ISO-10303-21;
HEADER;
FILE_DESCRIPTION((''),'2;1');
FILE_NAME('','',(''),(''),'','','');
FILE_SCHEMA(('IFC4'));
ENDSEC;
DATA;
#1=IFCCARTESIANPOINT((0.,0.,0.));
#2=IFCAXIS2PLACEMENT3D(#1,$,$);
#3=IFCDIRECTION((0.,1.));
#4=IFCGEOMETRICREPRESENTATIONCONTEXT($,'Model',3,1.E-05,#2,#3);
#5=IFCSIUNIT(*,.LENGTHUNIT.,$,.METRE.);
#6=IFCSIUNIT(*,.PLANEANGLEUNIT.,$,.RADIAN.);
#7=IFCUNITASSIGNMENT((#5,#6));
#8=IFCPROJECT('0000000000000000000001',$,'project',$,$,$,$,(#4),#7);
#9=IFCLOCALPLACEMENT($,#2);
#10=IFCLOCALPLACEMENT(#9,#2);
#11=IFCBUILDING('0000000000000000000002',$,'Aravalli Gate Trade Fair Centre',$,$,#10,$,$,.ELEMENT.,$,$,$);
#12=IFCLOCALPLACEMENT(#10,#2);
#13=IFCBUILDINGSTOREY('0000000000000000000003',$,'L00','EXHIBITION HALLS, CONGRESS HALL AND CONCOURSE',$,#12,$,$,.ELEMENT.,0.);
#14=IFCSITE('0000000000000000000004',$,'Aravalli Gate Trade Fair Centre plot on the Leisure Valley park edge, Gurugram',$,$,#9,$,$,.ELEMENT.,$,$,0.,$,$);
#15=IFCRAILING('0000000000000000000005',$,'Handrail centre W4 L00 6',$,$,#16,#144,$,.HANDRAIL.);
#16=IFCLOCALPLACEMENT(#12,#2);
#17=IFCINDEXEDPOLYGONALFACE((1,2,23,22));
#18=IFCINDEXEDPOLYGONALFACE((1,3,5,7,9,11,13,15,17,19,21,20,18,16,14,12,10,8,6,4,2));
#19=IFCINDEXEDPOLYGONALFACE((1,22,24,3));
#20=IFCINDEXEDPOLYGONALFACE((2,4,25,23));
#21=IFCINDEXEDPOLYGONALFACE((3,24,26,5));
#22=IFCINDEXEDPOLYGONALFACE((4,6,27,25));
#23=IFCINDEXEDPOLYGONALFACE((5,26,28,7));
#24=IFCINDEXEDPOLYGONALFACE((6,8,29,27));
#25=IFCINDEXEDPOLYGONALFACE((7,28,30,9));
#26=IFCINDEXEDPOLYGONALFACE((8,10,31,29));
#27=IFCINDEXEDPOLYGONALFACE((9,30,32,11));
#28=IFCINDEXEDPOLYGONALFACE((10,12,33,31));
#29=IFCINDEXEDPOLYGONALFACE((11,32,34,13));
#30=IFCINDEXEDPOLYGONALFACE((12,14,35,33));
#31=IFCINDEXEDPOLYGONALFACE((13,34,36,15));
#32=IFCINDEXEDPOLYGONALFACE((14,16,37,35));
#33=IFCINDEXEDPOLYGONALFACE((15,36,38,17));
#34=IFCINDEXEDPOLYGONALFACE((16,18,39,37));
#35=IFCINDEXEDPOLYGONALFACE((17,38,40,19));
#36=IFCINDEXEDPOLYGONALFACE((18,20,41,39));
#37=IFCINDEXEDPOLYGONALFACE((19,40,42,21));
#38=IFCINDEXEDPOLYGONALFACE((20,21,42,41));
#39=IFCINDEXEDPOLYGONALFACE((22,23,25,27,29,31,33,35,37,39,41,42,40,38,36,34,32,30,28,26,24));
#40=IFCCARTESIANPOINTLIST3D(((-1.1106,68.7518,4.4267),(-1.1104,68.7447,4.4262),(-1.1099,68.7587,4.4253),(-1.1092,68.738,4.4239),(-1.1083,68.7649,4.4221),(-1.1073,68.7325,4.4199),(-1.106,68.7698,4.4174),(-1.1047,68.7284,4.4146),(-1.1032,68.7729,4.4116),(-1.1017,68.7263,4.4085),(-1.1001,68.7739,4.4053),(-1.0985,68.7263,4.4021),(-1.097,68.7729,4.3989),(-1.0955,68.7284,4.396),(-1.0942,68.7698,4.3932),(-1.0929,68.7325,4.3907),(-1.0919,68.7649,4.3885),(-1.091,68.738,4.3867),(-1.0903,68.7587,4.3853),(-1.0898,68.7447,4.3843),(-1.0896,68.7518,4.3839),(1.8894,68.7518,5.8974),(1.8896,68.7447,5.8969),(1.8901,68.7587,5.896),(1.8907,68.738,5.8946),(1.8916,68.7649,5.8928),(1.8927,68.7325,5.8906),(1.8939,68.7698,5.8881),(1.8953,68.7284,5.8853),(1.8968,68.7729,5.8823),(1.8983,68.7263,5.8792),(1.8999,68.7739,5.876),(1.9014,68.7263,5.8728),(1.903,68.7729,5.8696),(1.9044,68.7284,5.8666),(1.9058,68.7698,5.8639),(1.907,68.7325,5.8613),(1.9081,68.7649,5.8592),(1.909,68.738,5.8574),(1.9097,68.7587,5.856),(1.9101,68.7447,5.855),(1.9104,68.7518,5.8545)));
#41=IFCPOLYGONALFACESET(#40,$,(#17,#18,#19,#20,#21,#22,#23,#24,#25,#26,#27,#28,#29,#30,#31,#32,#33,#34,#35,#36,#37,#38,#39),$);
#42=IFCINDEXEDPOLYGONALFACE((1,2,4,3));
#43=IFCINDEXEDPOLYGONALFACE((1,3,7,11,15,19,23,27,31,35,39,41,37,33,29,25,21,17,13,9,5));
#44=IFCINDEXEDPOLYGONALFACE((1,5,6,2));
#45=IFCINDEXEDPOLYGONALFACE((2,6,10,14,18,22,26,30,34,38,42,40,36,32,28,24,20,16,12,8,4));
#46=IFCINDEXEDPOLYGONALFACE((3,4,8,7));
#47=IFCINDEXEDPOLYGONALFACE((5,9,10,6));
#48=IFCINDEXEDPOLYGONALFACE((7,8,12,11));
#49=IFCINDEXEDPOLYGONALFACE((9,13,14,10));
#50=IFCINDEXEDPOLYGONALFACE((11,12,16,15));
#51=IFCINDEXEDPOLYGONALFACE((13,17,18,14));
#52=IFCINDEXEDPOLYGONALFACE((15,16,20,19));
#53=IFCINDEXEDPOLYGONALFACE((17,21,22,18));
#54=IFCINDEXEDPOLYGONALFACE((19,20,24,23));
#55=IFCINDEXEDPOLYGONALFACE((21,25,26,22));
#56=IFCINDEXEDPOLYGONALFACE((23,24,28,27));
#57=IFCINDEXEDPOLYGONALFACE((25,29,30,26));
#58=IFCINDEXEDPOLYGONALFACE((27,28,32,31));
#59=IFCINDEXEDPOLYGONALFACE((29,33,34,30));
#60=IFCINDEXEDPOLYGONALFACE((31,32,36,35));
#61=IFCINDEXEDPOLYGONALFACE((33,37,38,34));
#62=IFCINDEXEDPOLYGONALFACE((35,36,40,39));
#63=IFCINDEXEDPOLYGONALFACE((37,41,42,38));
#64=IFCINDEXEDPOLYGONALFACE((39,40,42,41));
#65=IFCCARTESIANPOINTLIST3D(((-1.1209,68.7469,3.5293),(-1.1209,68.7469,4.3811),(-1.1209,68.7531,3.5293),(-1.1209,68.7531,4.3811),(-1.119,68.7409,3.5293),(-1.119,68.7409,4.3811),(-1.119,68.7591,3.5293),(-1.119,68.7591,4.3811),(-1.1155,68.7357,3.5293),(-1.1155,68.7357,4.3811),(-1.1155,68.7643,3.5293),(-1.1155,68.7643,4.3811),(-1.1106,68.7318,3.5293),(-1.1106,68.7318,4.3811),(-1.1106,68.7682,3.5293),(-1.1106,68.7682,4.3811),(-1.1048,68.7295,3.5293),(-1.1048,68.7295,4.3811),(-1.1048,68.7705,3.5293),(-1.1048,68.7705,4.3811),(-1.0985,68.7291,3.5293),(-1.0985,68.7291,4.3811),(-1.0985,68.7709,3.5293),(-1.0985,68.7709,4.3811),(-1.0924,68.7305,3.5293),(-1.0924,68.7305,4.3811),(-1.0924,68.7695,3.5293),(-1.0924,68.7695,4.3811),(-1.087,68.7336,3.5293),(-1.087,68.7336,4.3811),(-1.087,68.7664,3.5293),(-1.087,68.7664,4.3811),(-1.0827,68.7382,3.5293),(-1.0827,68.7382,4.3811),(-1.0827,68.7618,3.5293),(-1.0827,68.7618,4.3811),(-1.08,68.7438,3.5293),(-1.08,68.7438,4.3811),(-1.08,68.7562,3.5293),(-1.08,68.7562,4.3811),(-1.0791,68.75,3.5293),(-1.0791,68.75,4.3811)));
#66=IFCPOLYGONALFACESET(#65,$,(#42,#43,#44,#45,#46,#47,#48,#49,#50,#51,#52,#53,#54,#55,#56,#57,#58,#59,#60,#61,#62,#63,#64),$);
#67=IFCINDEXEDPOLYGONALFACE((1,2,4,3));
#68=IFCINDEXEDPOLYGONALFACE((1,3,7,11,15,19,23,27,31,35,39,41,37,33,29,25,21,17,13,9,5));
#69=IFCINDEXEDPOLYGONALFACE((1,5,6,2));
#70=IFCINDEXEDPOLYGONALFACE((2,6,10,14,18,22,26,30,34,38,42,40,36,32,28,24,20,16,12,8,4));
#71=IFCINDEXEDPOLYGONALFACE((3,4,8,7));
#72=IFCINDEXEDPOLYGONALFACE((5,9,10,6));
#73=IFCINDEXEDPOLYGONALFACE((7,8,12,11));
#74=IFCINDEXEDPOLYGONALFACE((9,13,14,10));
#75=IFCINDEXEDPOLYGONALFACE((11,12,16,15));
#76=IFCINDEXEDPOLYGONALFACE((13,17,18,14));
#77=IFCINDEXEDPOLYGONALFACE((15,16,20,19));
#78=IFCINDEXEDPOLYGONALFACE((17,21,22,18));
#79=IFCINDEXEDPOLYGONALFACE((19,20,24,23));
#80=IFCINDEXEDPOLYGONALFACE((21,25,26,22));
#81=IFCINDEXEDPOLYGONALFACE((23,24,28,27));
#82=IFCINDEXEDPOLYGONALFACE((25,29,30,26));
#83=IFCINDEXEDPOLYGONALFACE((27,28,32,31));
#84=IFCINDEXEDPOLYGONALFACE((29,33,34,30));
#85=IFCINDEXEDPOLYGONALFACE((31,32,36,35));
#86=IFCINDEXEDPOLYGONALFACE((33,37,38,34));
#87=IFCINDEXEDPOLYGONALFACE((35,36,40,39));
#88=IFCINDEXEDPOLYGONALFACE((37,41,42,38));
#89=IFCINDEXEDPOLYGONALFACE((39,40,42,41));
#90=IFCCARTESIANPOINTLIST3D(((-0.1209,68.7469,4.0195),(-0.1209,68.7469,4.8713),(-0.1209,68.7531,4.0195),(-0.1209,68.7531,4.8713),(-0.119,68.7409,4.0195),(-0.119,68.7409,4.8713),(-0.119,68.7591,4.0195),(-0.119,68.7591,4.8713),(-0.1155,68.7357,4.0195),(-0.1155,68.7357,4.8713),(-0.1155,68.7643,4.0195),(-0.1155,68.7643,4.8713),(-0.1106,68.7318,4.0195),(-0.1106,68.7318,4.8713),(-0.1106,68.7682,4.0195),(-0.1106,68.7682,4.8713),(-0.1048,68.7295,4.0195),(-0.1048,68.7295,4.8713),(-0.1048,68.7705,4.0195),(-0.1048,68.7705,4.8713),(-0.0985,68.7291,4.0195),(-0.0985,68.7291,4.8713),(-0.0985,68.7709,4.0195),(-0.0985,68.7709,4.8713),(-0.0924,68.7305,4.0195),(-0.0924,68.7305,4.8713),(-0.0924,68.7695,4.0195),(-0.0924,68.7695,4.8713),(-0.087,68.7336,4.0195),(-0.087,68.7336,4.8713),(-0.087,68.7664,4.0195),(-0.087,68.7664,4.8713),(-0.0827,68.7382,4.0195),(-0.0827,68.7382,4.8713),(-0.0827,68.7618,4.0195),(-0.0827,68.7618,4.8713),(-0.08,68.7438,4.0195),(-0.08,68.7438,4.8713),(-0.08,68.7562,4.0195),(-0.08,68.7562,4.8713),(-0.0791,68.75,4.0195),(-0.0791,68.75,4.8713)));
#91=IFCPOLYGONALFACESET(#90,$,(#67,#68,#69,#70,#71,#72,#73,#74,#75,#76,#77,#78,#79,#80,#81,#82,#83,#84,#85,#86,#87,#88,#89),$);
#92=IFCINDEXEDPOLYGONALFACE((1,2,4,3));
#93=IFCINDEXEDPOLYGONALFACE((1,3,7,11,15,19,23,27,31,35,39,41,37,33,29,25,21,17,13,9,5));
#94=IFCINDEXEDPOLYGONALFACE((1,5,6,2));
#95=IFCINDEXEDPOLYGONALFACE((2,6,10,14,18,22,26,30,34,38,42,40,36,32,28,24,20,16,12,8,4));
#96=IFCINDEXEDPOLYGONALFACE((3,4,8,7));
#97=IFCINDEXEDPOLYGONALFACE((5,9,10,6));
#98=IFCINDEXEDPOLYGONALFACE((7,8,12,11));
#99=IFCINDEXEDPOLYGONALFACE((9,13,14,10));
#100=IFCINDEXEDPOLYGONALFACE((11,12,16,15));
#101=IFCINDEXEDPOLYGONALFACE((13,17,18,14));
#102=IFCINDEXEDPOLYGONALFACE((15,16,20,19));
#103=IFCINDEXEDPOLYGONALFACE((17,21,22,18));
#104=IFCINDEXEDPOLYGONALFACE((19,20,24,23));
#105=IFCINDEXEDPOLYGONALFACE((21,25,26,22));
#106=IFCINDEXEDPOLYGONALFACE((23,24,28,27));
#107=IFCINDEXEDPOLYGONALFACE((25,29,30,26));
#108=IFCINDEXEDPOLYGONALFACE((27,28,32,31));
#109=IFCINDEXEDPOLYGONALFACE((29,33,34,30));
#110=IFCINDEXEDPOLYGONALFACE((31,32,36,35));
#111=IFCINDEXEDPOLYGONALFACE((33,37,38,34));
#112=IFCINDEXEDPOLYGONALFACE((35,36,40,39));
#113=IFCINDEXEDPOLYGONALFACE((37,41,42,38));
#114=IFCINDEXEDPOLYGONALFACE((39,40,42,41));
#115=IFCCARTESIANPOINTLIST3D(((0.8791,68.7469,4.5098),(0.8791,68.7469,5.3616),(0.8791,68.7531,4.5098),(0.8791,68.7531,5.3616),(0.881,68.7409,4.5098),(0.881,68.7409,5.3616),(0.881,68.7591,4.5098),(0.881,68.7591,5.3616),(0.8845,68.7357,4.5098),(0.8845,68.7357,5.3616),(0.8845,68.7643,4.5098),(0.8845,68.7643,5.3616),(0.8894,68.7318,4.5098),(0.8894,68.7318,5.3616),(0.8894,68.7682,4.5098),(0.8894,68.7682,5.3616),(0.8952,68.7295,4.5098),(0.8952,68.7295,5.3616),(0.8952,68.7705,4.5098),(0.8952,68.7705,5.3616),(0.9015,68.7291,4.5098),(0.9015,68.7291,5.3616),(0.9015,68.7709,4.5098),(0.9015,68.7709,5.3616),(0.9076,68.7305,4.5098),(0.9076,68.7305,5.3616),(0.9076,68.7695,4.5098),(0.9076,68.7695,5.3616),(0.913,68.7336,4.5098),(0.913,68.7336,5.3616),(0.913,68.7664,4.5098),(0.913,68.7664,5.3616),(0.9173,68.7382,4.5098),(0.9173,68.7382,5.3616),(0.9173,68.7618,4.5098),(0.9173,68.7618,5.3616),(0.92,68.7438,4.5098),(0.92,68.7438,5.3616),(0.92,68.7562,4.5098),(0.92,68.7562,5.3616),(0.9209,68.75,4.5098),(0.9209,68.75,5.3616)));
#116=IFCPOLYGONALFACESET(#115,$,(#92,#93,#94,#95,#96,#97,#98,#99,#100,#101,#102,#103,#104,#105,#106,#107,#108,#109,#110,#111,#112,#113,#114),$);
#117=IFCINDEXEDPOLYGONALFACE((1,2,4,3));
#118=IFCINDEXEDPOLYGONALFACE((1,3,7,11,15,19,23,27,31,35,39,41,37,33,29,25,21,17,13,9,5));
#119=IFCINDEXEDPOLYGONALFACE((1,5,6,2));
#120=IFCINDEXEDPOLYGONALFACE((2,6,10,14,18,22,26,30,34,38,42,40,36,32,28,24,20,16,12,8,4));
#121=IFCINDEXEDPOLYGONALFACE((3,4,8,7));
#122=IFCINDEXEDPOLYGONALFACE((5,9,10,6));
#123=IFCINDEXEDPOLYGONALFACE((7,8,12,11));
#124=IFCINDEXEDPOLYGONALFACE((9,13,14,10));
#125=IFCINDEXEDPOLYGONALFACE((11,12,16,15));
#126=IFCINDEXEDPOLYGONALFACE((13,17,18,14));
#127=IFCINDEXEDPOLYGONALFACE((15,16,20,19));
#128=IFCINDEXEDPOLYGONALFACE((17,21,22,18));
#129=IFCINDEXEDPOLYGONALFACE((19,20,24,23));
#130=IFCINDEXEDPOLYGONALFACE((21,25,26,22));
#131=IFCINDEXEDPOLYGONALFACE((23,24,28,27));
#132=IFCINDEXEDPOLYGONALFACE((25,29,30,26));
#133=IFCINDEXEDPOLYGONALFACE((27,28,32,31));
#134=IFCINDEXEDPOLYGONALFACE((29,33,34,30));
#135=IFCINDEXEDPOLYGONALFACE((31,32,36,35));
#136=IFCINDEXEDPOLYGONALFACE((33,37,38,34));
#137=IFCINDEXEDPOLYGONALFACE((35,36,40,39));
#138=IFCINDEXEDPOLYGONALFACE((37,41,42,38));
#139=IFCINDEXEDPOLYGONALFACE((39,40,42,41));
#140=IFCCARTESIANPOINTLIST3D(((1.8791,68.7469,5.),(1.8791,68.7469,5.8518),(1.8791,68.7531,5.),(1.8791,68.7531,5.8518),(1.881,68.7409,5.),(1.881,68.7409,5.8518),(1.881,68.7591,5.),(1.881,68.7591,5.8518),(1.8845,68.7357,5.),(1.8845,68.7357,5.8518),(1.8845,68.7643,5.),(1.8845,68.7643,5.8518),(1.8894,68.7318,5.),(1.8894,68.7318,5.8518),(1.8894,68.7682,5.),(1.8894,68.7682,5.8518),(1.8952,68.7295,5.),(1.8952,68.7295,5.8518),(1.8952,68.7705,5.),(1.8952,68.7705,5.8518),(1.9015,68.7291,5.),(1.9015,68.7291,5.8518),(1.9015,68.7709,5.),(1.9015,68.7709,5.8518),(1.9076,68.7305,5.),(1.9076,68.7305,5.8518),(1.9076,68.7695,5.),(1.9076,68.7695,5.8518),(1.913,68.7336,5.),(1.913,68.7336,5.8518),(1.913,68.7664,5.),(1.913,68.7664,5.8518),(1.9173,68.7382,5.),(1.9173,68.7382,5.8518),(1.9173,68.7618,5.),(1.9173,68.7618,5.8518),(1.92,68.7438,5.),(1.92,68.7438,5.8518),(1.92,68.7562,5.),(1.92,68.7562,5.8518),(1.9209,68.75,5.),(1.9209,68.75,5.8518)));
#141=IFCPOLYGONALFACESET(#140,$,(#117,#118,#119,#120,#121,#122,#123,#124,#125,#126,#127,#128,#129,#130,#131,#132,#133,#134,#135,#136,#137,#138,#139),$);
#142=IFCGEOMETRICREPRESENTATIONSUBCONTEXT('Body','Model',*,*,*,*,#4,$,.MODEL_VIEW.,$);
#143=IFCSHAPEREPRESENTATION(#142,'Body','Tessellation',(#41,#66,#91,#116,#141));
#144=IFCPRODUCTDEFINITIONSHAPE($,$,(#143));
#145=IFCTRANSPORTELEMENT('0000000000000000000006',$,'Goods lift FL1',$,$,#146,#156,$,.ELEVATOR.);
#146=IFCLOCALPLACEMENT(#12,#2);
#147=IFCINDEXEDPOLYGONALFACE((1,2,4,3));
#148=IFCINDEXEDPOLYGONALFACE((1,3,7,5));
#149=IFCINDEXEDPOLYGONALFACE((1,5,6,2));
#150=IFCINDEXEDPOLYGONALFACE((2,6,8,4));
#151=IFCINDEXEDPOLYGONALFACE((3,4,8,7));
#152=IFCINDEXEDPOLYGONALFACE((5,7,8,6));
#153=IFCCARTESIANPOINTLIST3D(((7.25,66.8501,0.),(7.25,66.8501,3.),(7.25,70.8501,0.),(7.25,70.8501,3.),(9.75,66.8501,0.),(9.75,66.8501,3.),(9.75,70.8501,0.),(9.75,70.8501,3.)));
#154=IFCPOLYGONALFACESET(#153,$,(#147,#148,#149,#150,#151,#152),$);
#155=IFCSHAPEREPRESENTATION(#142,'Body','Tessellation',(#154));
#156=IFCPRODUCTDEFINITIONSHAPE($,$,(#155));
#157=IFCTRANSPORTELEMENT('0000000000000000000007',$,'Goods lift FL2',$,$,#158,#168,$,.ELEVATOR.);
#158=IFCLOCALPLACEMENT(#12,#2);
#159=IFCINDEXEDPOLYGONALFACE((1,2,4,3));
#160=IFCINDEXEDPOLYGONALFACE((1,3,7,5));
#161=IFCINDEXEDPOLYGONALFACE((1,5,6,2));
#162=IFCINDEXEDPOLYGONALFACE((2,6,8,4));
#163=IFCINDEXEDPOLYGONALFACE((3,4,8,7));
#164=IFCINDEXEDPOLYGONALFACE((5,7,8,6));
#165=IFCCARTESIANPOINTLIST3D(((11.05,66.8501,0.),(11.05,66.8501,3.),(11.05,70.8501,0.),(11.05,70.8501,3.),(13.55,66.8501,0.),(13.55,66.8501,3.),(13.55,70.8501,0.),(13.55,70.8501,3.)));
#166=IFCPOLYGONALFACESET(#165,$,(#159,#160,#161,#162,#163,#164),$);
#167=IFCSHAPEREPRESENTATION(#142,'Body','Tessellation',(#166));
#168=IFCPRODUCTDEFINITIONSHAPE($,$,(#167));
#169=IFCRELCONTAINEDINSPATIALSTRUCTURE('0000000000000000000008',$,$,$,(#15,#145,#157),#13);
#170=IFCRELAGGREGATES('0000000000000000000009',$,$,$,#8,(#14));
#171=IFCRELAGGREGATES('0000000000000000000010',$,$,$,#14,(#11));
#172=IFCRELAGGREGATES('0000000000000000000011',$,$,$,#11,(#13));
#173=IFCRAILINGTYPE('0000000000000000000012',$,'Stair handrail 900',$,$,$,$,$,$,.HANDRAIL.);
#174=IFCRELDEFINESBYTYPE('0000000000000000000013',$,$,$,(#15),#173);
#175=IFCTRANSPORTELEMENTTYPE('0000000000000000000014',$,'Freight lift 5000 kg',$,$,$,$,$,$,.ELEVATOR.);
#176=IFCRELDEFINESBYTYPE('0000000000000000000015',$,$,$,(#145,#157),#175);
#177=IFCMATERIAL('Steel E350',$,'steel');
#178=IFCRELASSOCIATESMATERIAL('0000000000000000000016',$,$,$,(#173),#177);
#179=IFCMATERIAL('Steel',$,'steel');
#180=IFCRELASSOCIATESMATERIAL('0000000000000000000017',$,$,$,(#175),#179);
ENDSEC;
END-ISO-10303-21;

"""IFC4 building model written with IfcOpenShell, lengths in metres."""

from ifc_helpers import new_model, si_unit, direction, frame, origin, origin_2d, place, context, subcontext, project, spatial, rectangle, circle, extrude, material, type_object, element, save


model = new_model("IFC4")

# Units and contexts
model_context = context("Model", 3, precision=1e-05, world=origin(), true_north=direction((0.0, 1.0)))
body_context = subcontext(model_context, "Body", "Model", "MODEL_VIEW")
ifc_project = project(units=[si_unit("LENGTHUNIT", "METRE"), si_unit("PLANEANGLEUNIT", "RADIAN")], contexts=[model_context])

# Site, building, storey
site_placement = place(None, origin())
site = spatial("IfcSite", under=ifc_project, at=site_placement, Name="Aravalli Gate Trade Fair Centre plot on the Leisure Valley park edge, Gurugram", CompositionType="ELEMENT", RefElevation=0.0)
building_placement = place(site_placement, origin())
building = spatial("IfcBuilding", under=site, at=building_placement, Name="Aravalli Gate Trade Fair Centre", CompositionType="ELEMENT")
storey_placement = place(building_placement, origin())
storey = spatial("IfcBuildingStorey", under=building, at=storey_placement, Name="L00", Description="EXHIBITION HALLS, CONGRESS HALL AND CONCOURSE", CompositionType="ELEMENT", Elevation=0.0)

# Shared definitions
ifc_material_1 = material(Name="Steel", Category="steel")

# Railing
ifc_material_2 = material(Name="Steel E350", Category="steel")
railing_type = type_object("IfcRailingType", Name="Stair handrail 900", PredefinedType="HANDRAIL", material=ifc_material_2)
railing_1_placement = place(storey_placement, frame((-1.1001, 68.75, 3.5293)))
element("IfcRailing", 1, at=railing_1_placement, inside=storey, type_object=railing_type, Name="Handrail centre W4 L00 6", PredefinedType="HANDRAIL", context=body_context, shape_type="SweptSolid", body=[
    extrude(circle(Radius=0.0239, at=origin_2d()), frame((0.0, 0.0, 0.876), z_axis=(0.897907, 0.0, 0.440185), x_axis=(0.0, 1.0, 0.0)), (0.0, 0.0, 1.0), 3.3411),
    extrude(circle(Radius=0.021, at=origin_2d()), origin(), (0.0, 0.0, 1.0), 0.8518),
    extrude(circle(Radius=0.021, at=origin_2d()), frame((1.0, 0.0, 0.4902)), (0.0, 0.0, 1.0), 0.8518),
    extrude(circle(Radius=0.021, at=origin_2d()), frame((2.0, 0.0, 0.9805)), (0.0, 0.0, 1.0), 0.8518),
    extrude(circle(Radius=0.021, at=origin_2d()), frame((3.0, 0.0, 1.4707)), (0.0, 0.0, 1.0), 0.8518),
])

# Transport elements
transport_element_type = type_object("IfcTransportElementType", Name="Freight lift 5000 kg", PredefinedType="ELEVATOR", material=ifc_material_1)
for number, where, z_axis, x_axis, name in (
    (2, (8.5, 68.8501, 0.0), (0.0, 0.0, 1.0), (1.0, 0.0, 0.0), "Goods lift FL1"),
    (3, (12.3, 68.8501, 0.0), (0.0, 0.0, 1.0), (1.0, 0.0, 0.0), "Goods lift FL2"),
):
    element("IfcTransportElement", number, at=place(storey_placement, frame(where, z_axis=z_axis, x_axis=x_axis)), inside=storey, type_object=transport_element_type, Name=name, PredefinedType="ELEVATOR", context=body_context, shape_type="SweptSolid", body=[
        extrude(rectangle(XDim=2.5, YDim=4.0, at=origin_2d()), origin(), (0.0, 0.0, 1.0), 3.0),
    ])

save(model, "model.ifc")
